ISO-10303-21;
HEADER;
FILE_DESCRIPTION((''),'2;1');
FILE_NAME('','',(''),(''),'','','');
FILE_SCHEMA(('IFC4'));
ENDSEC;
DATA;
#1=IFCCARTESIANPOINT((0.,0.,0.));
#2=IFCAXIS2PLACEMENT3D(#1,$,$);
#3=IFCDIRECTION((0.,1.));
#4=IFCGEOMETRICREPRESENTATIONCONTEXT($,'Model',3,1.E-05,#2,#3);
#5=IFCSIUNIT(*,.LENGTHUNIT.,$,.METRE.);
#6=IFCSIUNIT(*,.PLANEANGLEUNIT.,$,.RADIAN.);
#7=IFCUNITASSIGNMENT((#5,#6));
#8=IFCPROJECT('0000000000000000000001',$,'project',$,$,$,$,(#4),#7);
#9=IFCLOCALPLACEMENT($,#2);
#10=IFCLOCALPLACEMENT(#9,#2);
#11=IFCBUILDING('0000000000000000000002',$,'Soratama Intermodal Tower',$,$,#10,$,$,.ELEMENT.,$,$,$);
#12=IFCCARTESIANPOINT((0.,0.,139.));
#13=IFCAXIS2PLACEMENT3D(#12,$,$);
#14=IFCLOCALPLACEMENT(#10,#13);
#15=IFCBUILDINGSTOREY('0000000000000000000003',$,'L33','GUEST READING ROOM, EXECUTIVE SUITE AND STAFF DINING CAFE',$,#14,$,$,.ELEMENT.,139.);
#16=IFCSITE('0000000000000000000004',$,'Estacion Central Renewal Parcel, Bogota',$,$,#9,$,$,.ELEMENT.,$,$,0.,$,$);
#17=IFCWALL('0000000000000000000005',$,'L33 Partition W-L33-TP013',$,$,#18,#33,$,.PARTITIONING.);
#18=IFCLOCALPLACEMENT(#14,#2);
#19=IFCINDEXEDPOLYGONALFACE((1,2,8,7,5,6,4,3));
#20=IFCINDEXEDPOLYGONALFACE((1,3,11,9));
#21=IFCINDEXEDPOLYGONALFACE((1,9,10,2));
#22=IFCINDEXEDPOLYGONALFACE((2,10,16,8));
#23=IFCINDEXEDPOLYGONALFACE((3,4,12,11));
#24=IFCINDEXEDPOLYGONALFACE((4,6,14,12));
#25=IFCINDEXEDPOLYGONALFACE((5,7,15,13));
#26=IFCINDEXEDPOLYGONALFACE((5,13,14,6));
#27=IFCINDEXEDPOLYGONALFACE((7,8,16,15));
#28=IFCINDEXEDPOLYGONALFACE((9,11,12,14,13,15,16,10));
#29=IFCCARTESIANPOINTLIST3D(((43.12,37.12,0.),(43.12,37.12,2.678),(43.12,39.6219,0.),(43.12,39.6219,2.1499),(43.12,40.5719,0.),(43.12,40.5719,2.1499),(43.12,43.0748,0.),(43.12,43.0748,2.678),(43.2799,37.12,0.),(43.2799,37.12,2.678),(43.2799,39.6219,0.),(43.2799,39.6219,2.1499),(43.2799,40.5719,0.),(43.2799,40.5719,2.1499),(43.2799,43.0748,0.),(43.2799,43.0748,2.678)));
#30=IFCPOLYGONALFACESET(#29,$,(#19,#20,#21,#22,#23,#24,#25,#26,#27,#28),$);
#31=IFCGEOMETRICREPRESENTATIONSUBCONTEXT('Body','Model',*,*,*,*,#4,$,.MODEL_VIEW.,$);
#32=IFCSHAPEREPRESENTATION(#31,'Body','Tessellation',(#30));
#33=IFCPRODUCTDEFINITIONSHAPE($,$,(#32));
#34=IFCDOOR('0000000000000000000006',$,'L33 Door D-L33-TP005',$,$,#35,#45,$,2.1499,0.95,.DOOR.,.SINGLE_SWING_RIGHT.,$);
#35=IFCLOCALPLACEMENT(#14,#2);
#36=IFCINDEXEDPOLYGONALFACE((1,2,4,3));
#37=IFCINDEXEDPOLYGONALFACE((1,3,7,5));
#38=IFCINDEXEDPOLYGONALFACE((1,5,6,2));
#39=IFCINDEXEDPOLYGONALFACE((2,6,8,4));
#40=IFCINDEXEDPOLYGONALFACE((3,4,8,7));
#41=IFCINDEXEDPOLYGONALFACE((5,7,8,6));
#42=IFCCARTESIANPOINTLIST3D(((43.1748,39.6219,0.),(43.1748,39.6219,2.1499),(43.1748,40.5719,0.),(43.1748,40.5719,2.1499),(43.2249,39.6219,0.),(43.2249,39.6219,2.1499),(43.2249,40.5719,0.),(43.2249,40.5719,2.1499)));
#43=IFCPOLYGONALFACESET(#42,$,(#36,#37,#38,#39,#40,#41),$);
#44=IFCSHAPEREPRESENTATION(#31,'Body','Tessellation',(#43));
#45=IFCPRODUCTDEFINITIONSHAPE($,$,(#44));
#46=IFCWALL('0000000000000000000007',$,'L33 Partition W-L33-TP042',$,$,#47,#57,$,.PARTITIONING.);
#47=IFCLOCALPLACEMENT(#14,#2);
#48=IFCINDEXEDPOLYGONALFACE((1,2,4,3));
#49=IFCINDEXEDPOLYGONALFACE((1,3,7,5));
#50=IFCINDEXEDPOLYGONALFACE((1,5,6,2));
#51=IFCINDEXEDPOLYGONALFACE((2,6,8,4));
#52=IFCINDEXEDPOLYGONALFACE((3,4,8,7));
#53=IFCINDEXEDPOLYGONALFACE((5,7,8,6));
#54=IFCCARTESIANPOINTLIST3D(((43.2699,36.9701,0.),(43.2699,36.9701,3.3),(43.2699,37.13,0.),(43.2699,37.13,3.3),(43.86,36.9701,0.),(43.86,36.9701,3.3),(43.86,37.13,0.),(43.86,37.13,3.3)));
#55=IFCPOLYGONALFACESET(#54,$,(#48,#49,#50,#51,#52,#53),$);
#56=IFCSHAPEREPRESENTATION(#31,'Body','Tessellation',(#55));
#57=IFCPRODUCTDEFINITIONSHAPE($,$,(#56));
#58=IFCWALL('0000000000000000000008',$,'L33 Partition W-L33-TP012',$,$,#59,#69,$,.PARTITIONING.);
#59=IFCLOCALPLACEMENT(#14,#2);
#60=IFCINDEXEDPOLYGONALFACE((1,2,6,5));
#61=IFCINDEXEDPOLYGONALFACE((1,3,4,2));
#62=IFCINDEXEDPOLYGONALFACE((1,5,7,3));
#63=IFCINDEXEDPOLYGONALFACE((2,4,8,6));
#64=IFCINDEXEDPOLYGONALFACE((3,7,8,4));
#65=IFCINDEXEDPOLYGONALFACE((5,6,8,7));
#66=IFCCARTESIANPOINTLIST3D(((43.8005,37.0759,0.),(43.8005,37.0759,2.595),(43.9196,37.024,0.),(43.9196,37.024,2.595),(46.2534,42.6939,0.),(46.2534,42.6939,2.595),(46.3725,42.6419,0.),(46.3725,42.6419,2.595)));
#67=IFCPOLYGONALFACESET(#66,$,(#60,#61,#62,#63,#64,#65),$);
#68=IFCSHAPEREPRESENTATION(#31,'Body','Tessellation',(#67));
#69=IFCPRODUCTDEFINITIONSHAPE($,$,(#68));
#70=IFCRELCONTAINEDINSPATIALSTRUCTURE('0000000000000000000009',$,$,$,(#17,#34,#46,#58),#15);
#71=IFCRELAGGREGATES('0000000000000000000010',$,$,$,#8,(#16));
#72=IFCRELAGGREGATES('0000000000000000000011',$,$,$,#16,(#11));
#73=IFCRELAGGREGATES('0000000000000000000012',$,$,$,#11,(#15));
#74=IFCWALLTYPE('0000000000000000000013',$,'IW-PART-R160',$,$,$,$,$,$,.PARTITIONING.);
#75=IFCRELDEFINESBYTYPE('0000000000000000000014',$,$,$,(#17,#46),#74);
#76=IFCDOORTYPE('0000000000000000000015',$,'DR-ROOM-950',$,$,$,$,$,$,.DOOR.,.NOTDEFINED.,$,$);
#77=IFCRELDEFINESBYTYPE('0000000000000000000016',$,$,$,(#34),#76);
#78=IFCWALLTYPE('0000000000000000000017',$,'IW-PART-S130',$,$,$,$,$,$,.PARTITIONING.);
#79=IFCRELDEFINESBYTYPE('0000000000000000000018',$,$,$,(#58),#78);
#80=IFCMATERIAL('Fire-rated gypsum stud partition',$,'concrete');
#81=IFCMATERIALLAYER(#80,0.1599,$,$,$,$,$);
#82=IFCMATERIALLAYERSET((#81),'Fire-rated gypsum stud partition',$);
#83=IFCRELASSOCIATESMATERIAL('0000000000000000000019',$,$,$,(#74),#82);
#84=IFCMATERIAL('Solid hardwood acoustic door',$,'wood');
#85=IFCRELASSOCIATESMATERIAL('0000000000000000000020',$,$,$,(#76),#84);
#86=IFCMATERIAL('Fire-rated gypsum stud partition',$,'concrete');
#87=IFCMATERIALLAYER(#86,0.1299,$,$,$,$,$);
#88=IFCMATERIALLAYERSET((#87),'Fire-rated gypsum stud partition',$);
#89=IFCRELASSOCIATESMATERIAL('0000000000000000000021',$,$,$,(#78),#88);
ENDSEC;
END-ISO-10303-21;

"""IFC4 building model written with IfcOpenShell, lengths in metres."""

from ifc_helpers import new_model, si_unit, direction, frame, frame_2d, origin, place, context, subcontext, project, spatial, rectangle, extrude, material, layer, layer_set, type_object, element, fill, save


model = new_model("IFC4")

# Units and contexts
model_context = context("Model", 3, precision=1e-05, world=origin(), true_north=direction((0.0, 1.0)))
body_context = subcontext(model_context, "Body", "Model", "MODEL_VIEW")
ifc_project = project(units=[si_unit("LENGTHUNIT", "METRE"), si_unit("PLANEANGLEUNIT", "RADIAN")], contexts=[model_context])

# Site, building, storey
site_placement = place(None, origin())
site = spatial("IfcSite", under=ifc_project, at=site_placement, Name="Estacion Central Renewal Parcel, Bogota", CompositionType="ELEMENT", RefElevation=0.0)
building_placement = place(site_placement, origin())
building = spatial("IfcBuilding", under=site, at=building_placement, Name="Soratama Intermodal Tower", CompositionType="ELEMENT")
storey_placement = place(building_placement, frame((0.0, 0.0, 139.0)))
storey = spatial("IfcBuildingStorey", under=building, at=storey_placement, Name="L33", Description="GUEST READING ROOM, EXECUTIVE SUITE AND STAFF DINING CAFE", CompositionType="ELEMENT", Elevation=139.0)

# Wall, opening, door
ifc_material_1 = material(Name="Fire-rated gypsum stud partition", Category="concrete")
ifc_layer_1 = layer(ifc_material_1, 0.1599)
ifc_layer_set_1 = layer_set([ifc_layer_1], Name="Fire-rated gypsum stud partition")
wall_type_1 = type_object("IfcWallType", Name="IW-PART-R160", PredefinedType="PARTITIONING", material=ifc_layer_set_1)
wall_1_placement = place(storey_placement, frame((43.2, 43.075, 0.0), z_axis=(0.0, 0.0, 1.0), x_axis=(0.0, -1.0, 0.0)))
wall_1 = element("IfcWall", 1, at=wall_1_placement, inside=storey, type_object=wall_type_1, Name="L33 Partition W-L33-TP013", PredefinedType="PARTITIONING", context=body_context, shape_type="SweptSolid", body=[
    extrude(rectangle(XDim=5.9548, YDim=0.1599, at=frame_2d((2.9775, 0.0))), origin(), (0.0, 0.0, 1.0), 2.678),
])
opening_1_placement = place(wall_1_placement, frame((2.5029, 0.0, 0.0)))
opening_1 = element("IfcOpeningElement", 2, at=opening_1_placement, cuts=wall_1, PredefinedType="OPENING", context=body_context, shape_type="SweptSolid", body=[
    extrude(rectangle(XDim=0.95, YDim=2.1499, at=frame_2d((0.4751, 1.075))), frame((0.0, 0.0898, 0.0), z_axis=(0.0, -1.0, 0.0), x_axis=(1.0, 0.0, 0.0)), (0.0, 0.0, 1.0), 0.1799),
])
ifc_material_2 = material(Name="Solid hardwood acoustic door", Category="wood")
door_type = type_object("IfcDoorType", Name="DR-ROOM-950", OperationType="NOTDEFINED", PredefinedType="DOOR", material=ifc_material_2)
door_1_placement = place(opening_1_placement, origin())
door_1 = element("IfcDoor", 3, at=door_1_placement, inside=storey, type_object=door_type, Name="L33 Door D-L33-TP005", OperationType="SINGLE_SWING_RIGHT", OverallHeight=2.1499, OverallWidth=0.95, PredefinedType="DOOR", context=body_context, shape_type="SweptSolid", body=[
    extrude(rectangle(XDim=0.95, YDim=2.1499, at=frame_2d((0.4751, 1.075))), frame((0.0, 0.0249, 0.0), z_axis=(0.0, -1.0, 0.0), x_axis=(1.0, 0.0, 0.0)), (0.0, 0.0, 1.0), 0.05),
])
fill(opening_1, door_1)

# Walls
wall_2_placement = place(storey_placement, frame((43.27, 37.05, 0.0), z_axis=(0.0, 0.0, 1.0), x_axis=(1.0, 0.0, 0.0)))
element("IfcWall", 4, at=wall_2_placement, inside=storey, type_object=wall_type_1, Name="L33 Partition W-L33-TP042", PredefinedType="PARTITIONING", context=body_context, shape_type="SweptSolid", body=[
    extrude(rectangle(XDim=0.5901, YDim=0.1599, at=frame_2d((0.2949, 0.0))), origin(), (0.0, 0.0, 1.0), 3.3),
])
ifc_material_3 = material(Name="Fire-rated gypsum stud partition", Category="concrete")
ifc_layer_2 = layer(ifc_material_3, 0.1299)
ifc_layer_set_2 = layer_set([ifc_layer_2], Name="Fire-rated gypsum stud partition")
wall_type_2 = type_object("IfcWallType", Name="IW-PART-S130", PredefinedType="PARTITIONING", material=ifc_layer_set_2)
wall_3_placement = place(storey_placement, frame((43.8601, 37.05, 0.0), z_axis=(0.0, 0.0, 1.0), x_axis=(0.40014, 0.916454, 0.0)))
element("IfcWall", 5, at=wall_3_placement, inside=storey, type_object=wall_type_2, Name="L33 Partition W-L33-TP012", PredefinedType="PARTITIONING", context=body_context, shape_type="SweptSolid", body=[
    extrude(rectangle(XDim=6.1301, YDim=0.1299, at=frame_2d((3.0649, 0.0))), origin(), (0.0, 0.0, 1.0), 2.595),
])

save(model, "model.ifc")
